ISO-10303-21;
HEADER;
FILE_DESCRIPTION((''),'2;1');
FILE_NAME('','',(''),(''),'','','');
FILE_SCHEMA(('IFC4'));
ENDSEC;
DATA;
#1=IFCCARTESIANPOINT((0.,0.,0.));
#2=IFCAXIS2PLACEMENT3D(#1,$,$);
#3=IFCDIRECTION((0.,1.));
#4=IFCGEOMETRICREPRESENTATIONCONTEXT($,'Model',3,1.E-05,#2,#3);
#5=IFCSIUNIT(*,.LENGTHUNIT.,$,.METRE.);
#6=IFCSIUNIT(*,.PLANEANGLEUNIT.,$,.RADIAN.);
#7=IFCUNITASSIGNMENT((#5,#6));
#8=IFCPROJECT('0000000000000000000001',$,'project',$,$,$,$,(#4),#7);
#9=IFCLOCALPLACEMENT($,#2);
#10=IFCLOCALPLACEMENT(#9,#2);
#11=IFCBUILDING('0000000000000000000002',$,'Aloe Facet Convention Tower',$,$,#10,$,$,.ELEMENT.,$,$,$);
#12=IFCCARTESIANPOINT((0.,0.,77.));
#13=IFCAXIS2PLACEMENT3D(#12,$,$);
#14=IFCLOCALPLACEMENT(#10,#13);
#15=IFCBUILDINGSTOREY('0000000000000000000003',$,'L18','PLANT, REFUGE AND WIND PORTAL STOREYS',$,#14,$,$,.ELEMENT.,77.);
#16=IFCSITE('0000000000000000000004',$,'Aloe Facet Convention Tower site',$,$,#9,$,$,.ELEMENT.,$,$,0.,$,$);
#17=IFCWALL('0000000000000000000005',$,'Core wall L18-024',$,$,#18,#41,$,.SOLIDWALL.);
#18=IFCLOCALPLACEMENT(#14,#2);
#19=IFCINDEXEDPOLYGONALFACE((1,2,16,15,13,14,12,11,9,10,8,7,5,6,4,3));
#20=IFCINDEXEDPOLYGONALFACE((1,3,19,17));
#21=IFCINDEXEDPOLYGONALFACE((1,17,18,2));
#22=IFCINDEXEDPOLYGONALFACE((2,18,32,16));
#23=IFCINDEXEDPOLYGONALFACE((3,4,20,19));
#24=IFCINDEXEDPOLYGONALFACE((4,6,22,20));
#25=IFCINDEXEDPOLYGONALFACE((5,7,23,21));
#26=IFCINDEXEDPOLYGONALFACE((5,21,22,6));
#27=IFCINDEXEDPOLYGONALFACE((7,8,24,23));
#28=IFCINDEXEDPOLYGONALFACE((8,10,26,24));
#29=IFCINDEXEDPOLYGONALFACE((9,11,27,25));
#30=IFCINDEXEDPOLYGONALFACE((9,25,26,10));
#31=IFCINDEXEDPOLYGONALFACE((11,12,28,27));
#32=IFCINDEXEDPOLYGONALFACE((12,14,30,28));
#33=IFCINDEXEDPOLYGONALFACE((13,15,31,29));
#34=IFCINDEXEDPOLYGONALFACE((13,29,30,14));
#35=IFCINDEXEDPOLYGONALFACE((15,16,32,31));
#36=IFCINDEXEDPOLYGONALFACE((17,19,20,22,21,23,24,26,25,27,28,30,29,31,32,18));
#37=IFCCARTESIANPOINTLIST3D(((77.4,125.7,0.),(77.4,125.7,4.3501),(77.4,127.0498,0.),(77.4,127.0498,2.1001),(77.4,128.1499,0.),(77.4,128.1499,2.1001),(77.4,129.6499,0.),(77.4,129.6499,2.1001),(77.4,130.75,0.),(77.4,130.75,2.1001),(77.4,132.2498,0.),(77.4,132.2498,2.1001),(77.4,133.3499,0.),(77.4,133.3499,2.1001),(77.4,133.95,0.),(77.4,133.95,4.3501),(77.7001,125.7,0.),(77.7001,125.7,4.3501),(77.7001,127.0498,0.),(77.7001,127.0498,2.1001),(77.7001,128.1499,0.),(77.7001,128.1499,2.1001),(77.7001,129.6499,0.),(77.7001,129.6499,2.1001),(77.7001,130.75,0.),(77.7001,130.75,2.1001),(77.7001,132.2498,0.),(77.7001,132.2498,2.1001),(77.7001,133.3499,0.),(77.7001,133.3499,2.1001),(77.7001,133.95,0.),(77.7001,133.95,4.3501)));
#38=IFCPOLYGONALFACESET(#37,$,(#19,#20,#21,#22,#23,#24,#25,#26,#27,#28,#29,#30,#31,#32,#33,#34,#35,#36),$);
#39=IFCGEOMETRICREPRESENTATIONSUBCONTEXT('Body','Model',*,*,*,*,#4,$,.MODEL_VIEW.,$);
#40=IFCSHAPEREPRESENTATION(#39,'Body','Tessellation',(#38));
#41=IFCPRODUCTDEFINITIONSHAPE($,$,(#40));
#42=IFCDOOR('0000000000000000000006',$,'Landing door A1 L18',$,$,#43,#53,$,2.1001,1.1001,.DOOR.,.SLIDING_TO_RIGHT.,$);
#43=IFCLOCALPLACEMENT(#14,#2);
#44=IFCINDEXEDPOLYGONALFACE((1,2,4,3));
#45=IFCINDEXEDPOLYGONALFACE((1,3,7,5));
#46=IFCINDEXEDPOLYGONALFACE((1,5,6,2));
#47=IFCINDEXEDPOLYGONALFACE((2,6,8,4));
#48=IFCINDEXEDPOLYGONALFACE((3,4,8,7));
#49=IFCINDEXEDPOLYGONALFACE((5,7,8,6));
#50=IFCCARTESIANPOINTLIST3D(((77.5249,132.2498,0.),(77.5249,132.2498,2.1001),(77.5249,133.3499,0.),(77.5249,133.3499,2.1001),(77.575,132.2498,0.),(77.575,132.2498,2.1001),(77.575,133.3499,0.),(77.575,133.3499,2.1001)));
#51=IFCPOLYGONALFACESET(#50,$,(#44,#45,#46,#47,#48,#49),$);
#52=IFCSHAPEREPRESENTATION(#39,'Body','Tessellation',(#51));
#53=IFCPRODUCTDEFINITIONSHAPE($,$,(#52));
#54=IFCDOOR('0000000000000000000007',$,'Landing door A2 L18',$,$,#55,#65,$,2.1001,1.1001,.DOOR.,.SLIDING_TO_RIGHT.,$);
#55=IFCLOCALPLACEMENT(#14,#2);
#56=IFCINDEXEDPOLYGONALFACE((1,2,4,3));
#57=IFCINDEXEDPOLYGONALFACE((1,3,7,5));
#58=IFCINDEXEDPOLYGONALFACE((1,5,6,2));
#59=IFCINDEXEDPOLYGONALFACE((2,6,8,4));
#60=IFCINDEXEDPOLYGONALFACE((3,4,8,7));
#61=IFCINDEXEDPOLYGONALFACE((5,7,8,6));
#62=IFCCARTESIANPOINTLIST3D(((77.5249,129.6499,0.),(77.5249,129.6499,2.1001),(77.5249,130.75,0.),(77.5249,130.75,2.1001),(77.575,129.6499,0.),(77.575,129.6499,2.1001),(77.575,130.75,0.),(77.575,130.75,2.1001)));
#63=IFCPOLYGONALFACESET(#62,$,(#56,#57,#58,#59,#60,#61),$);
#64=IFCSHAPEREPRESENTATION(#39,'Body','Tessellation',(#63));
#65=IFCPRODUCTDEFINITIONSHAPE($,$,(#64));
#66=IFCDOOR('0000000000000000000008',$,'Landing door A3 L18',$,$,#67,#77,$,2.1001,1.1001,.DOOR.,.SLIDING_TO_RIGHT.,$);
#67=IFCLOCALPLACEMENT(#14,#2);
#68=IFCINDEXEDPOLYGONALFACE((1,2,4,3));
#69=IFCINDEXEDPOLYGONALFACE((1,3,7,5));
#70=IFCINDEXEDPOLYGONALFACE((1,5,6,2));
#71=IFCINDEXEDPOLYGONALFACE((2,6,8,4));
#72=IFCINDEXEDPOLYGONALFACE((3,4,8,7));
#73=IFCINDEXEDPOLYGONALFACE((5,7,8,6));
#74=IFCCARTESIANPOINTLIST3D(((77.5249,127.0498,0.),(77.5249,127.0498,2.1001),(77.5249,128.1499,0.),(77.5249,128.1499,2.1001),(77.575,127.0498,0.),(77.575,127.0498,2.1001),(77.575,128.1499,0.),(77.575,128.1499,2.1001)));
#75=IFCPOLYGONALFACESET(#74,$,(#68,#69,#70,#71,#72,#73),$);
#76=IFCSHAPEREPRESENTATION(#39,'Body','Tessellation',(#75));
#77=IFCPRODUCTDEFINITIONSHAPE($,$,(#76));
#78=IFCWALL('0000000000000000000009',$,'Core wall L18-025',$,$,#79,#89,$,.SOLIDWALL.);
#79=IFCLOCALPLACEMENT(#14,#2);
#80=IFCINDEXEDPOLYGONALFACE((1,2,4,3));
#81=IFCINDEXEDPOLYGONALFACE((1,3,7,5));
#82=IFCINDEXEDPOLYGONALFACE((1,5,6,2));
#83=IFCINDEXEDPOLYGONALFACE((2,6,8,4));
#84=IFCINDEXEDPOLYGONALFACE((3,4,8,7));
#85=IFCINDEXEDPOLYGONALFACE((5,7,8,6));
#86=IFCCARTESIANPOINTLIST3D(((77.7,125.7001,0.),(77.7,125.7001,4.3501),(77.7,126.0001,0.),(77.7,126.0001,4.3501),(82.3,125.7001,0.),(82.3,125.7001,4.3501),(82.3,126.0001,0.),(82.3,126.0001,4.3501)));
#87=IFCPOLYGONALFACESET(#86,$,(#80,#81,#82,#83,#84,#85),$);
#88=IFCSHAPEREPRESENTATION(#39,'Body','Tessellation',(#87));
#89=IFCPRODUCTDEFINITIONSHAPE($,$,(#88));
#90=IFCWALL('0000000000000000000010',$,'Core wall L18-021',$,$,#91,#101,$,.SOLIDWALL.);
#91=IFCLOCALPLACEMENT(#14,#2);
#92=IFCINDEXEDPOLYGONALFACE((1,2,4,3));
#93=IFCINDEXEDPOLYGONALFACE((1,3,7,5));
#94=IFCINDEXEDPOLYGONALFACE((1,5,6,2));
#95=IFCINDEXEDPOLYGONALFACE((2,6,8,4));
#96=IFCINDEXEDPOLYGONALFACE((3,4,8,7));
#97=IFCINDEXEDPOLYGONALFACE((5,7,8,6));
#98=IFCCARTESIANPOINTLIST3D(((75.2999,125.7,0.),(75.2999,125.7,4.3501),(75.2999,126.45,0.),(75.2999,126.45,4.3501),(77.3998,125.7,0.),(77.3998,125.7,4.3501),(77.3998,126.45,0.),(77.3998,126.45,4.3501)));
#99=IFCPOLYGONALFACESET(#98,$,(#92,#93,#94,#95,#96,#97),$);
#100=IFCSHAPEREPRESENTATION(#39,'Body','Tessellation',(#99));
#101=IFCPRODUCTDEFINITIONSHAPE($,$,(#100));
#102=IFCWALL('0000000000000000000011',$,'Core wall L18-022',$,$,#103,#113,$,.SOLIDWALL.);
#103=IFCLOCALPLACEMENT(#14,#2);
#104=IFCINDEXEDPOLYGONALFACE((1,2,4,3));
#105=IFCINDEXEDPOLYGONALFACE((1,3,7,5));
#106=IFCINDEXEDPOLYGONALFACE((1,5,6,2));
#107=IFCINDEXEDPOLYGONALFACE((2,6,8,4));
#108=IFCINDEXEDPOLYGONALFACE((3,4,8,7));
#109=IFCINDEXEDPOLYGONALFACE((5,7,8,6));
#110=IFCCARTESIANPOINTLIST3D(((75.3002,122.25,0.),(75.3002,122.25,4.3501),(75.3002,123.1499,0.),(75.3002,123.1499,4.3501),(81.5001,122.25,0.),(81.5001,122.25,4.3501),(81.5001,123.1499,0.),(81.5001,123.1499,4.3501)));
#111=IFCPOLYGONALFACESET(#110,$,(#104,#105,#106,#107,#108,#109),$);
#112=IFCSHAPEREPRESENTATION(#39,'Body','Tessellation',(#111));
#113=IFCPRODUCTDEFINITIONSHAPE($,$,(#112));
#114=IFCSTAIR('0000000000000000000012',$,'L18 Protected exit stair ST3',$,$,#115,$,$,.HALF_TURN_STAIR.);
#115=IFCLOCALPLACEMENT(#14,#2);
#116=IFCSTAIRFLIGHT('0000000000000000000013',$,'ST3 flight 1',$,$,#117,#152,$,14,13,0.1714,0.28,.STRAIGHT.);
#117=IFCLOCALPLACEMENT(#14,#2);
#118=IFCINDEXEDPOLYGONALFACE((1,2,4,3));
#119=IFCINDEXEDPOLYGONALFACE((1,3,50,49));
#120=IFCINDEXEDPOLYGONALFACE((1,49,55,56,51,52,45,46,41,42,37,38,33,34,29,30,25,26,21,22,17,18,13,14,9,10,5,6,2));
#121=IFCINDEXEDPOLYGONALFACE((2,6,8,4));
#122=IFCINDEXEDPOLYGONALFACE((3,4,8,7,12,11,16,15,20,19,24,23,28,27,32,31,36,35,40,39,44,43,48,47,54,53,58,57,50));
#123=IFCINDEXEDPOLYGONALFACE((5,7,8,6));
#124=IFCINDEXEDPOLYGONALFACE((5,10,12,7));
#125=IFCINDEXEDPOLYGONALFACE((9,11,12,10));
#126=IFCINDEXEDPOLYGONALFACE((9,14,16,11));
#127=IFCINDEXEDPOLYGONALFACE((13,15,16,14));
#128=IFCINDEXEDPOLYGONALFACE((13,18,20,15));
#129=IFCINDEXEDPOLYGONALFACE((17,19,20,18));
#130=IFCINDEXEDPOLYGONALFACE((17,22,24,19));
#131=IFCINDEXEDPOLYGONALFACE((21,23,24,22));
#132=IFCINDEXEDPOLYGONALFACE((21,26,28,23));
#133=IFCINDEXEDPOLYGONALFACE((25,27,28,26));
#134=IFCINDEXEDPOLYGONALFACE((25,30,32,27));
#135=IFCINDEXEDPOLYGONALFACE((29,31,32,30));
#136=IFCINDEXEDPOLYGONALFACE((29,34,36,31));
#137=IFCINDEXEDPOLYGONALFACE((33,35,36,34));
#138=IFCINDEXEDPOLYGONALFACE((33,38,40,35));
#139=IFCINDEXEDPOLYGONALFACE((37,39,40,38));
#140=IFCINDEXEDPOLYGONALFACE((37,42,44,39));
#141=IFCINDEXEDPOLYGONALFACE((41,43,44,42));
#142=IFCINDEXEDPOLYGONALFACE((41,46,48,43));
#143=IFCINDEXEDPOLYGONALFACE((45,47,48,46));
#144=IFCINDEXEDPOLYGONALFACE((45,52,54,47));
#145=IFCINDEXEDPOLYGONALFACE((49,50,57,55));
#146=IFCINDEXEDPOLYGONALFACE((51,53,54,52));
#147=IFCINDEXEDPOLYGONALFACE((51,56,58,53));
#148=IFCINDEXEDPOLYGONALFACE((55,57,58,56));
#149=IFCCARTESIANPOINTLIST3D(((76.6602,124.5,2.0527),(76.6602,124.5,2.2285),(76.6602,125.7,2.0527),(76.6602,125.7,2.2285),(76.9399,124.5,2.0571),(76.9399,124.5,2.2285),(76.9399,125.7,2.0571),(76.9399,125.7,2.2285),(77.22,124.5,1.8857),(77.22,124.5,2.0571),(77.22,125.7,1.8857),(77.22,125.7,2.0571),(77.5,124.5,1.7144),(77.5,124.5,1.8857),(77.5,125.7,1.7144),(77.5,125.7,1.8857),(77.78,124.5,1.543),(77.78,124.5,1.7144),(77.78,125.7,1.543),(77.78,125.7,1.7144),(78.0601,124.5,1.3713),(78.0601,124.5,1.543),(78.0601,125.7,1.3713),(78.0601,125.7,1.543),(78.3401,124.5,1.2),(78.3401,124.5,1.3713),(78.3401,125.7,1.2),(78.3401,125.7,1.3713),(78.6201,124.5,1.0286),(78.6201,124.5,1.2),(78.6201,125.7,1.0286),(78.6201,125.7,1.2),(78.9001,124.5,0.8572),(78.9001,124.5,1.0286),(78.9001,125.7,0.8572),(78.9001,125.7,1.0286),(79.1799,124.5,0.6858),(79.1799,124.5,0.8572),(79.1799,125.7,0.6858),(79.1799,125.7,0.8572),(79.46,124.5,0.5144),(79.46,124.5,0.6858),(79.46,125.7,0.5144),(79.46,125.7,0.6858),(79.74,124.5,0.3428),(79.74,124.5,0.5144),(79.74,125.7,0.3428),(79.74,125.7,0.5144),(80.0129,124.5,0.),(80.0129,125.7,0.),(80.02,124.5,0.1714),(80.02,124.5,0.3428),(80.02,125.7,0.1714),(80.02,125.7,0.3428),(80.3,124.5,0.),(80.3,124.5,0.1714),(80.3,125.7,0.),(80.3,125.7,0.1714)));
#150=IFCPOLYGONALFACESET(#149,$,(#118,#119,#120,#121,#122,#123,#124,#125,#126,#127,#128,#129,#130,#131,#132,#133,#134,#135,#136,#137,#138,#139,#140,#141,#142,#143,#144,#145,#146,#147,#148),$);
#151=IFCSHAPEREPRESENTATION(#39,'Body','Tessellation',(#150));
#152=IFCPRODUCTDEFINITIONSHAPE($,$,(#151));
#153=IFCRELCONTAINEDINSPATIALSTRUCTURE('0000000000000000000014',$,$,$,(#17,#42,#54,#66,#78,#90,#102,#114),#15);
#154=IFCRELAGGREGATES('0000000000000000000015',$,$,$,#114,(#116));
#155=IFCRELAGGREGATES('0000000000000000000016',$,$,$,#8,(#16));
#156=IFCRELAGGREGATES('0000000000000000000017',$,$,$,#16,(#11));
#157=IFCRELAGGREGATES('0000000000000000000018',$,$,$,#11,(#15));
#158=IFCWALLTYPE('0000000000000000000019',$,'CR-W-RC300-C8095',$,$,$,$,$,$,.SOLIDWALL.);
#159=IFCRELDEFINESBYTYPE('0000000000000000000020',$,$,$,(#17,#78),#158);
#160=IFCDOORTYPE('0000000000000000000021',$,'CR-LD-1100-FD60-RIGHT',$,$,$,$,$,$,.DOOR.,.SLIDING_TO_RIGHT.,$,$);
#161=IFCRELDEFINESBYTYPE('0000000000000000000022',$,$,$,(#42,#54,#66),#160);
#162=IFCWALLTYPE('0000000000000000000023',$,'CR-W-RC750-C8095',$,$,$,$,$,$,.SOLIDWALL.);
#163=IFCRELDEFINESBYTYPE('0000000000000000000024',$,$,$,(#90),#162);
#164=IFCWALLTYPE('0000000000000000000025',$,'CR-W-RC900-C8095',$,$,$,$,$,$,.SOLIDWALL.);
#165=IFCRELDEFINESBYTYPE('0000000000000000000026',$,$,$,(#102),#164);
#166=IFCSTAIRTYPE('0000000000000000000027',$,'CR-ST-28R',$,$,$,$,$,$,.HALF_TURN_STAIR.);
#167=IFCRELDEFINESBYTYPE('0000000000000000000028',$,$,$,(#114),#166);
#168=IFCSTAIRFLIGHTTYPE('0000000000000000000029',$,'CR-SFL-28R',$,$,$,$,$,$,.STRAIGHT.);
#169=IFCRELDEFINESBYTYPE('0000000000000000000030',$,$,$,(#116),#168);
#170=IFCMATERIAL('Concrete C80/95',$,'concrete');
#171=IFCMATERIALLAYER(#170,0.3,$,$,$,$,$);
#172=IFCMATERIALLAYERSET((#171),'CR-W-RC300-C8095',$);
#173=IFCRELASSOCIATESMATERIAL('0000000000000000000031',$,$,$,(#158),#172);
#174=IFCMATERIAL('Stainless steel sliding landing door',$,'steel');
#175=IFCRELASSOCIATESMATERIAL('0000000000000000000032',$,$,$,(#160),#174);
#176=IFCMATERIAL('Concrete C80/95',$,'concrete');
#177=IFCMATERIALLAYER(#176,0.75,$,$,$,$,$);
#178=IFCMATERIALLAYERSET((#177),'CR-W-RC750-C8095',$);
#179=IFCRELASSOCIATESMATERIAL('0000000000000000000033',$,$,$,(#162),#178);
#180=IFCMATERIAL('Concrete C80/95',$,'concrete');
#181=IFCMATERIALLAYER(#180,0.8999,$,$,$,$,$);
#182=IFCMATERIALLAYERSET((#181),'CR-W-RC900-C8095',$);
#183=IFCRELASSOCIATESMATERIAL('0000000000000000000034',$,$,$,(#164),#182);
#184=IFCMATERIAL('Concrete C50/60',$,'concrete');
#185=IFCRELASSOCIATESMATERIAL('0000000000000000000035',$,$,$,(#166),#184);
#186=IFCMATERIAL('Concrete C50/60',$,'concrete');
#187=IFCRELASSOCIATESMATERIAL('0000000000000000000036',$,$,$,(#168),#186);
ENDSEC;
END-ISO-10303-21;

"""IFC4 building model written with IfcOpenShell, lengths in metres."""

from ifc_helpers import new_model, si_unit, direction, frame, frame_2d, origin, place, context, subcontext, project, spatial, polyline, rectangle, outline, extrude, material, layer, layer_set, type_object, element, fill, aggregate, save


model = new_model("IFC4")

# Units and contexts
model_context = context("Model", 3, precision=1e-05, world=origin(), true_north=direction((0.0, 1.0)))
body_context = subcontext(model_context, "Body", "Model", "MODEL_VIEW")
ifc_project = project(units=[si_unit("LENGTHUNIT", "METRE"), si_unit("PLANEANGLEUNIT", "RADIAN")], contexts=[model_context])

# Site, building, storey
site_placement = place(None, origin())
site = spatial("IfcSite", under=ifc_project, at=site_placement, Name="Aloe Facet Convention Tower site", CompositionType="ELEMENT", RefElevation=0.0)
building_placement = place(site_placement, origin())
building = spatial("IfcBuilding", under=site, at=building_placement, Name="Aloe Facet Convention Tower", CompositionType="ELEMENT")
storey_placement = place(building_placement, frame((0.0, 0.0, 77.0)))
storey = spatial("IfcBuildingStorey", under=building, at=storey_placement, Name="L18", Description="PLANT, REFUGE AND WIND PORTAL STOREYS", CompositionType="ELEMENT", Elevation=77.0)

# Shared definitions
ifc_material_1 = material(Name="Concrete C80/95", Category="concrete")
ifc_layer_1 = layer(ifc_material_1, 0.3)
ifc_layer_set_1 = layer_set([ifc_layer_1], Name="CR-W-RC300-C8095")
wall_type_1 = type_object("IfcWallType", Name="CR-W-RC300-C8095", PredefinedType="SOLIDWALL", material=ifc_layer_set_1)

# Wall, openings, doors
wall_1_placement = place(storey_placement, frame((77.55, 133.95, 0.0), z_axis=(0.0, 0.0, 1.0), x_axis=(0.0, -1.0, 0.0)))
wall_1 = element("IfcWall", 1, at=wall_1_placement, inside=storey, type_object=wall_type_1, Name="Core wall L18-024", PredefinedType="SOLIDWALL", context=body_context, shape_type="SweptSolid", body=[
    extrude(rectangle(XDim=8.25, YDim=0.3, at=frame_2d((4.125, 0.0))), origin(), (0.0, 0.0, 1.0), 4.3501),
])
opening_1_placement = place(wall_1_placement, frame((0.6001, 0.0, 0.0)))
opening_1 = element("IfcOpeningElement", 2, at=opening_1_placement, cuts=wall_1, PredefinedType="OPENING", context=body_context, shape_type="SweptSolid", body=[
    extrude(rectangle(XDim=1.1001, YDim=2.1001, at=frame_2d((0.55, 1.05))), frame((0.0, 0.1602, 0.0), z_axis=(0.0, -1.0, 0.0), x_axis=(1.0, 0.0, 0.0)), (0.0, 0.0, 1.0), 0.3201),
])
opening_2_placement = place(wall_1_placement, frame((3.2, 0.0, 0.0)))
opening_2 = element("IfcOpeningElement", 3, at=opening_2_placement, cuts=wall_1, PredefinedType="OPENING", context=body_context, shape_type="SweptSolid", body=[
    extrude(rectangle(XDim=1.1001, YDim=2.1001, at=frame_2d((0.55, 1.05))), frame((0.0, 0.1602, 0.0), z_axis=(0.0, -1.0, 0.0), x_axis=(1.0, 0.0, 0.0)), (0.0, 0.0, 1.0), 0.3201),
])
opening_3_placement = place(wall_1_placement, frame((5.8, 0.0, 0.0)))
opening_3 = element("IfcOpeningElement", 4, at=opening_3_placement, cuts=wall_1, PredefinedType="OPENING", context=body_context, shape_type="SweptSolid", body=[
    extrude(rectangle(XDim=1.1001, YDim=2.1001, at=frame_2d((0.55, 1.05))), frame((0.0, 0.1602, 0.0), z_axis=(0.0, -1.0, 0.0), x_axis=(1.0, 0.0, 0.0)), (0.0, 0.0, 1.0), 0.3201),
])
ifc_material_2 = material(Name="Stainless steel sliding landing door", Category="steel")
door_type_1 = type_object("IfcDoorType", Name="CR-LD-1100-FD60-RIGHT", OperationType="SLIDING_TO_RIGHT", PredefinedType="DOOR", material=ifc_material_2)
door_1_placement = place(opening_1_placement, origin())
door_1 = element("IfcDoor", 5, at=door_1_placement, inside=storey, type_object=door_type_1, Name="Landing door A1 L18", OperationType="SLIDING_TO_RIGHT", OverallHeight=2.1001, OverallWidth=1.1001, PredefinedType="DOOR", context=body_context, shape_type="SweptSolid", body=[
    extrude(rectangle(XDim=1.1001, YDim=2.1001, at=frame_2d((0.55, 1.05))), frame((0.0, 0.0249, 0.0), z_axis=(0.0, -1.0, 0.0), x_axis=(1.0, 0.0, 0.0)), (0.0, 0.0, 1.0), 0.05),
])
fill(opening_1, door_1)
door_2_placement = place(opening_2_placement, origin())
door_2 = element("IfcDoor", 6, at=door_2_placement, inside=storey, type_object=door_type_1, Name="Landing door A2 L18", OperationType="SLIDING_TO_RIGHT", OverallHeight=2.1001, OverallWidth=1.1001, PredefinedType="DOOR", context=body_context, shape_type="SweptSolid", body=[
    extrude(rectangle(XDim=1.1001, YDim=2.1001, at=frame_2d((0.55, 1.05))), frame((0.0, 0.0249, 0.0), z_axis=(0.0, -1.0, 0.0), x_axis=(1.0, 0.0, 0.0)), (0.0, 0.0, 1.0), 0.05),
])
fill(opening_2, door_2)
door_3_placement = place(opening_3_placement, origin())
door_3 = element("IfcDoor", 7, at=door_3_placement, inside=storey, type_object=door_type_1, Name="Landing door A3 L18", OperationType="SLIDING_TO_RIGHT", OverallHeight=2.1001, OverallWidth=1.1001, PredefinedType="DOOR", context=body_context, shape_type="SweptSolid", body=[
    extrude(rectangle(XDim=1.1001, YDim=2.1001, at=frame_2d((0.55, 1.05))), frame((0.0, 0.0249, 0.0), z_axis=(0.0, -1.0, 0.0), x_axis=(1.0, 0.0, 0.0)), (0.0, 0.0, 1.0), 0.05),
])
fill(opening_3, door_3)

# Walls
wall_2_placement = place(storey_placement, frame((77.7, 125.8501, 0.0), z_axis=(0.0, 0.0, 1.0), x_axis=(1.0, 0.0, 0.0)))
element("IfcWall", 8, at=wall_2_placement, inside=storey, type_object=wall_type_1, Name="Core wall L18-025", PredefinedType="SOLIDWALL", context=body_context, shape_type="SweptSolid", body=[
    extrude(rectangle(XDim=4.6001, YDim=0.3, at=frame_2d((2.3, 0.0))), origin(), (0.0, 0.0, 1.0), 4.3501),
])
ifc_material_3 = material(Name="Concrete C80/95", Category="concrete")
ifc_layer_2 = layer(ifc_material_3, 0.75)
ifc_layer_set_2 = layer_set([ifc_layer_2], Name="CR-W-RC750-C8095")
wall_type_2 = type_object("IfcWallType", Name="CR-W-RC750-C8095", PredefinedType="SOLIDWALL", material=ifc_layer_set_2)
wall_3_placement = place(storey_placement, frame((75.3, 126.075, 0.0), z_axis=(0.0, 0.0, 1.0), x_axis=(1.0, 0.0, 0.0)))
element("IfcWall", 9, at=wall_3_placement, inside=storey, type_object=wall_type_2, Name="Core wall L18-021", PredefinedType="SOLIDWALL", context=body_context, shape_type="SweptSolid", body=[
    extrude(rectangle(XDim=2.0999, YDim=0.75, at=frame_2d((1.0498, 0.0))), origin(), (0.0, 0.0, 1.0), 4.3501),
])
ifc_material_4 = material(Name="Concrete C80/95", Category="concrete")
ifc_layer_3 = layer(ifc_material_4, 0.8999)
ifc_layer_set_3 = layer_set([ifc_layer_3], Name="CR-W-RC900-C8095")
wall_type_3 = type_object("IfcWallType", Name="CR-W-RC900-C8095", PredefinedType="SOLIDWALL", material=ifc_layer_set_3)
wall_4_placement = place(storey_placement, frame((75.3, 122.7, 0.0), z_axis=(0.0, 0.0, 1.0), x_axis=(1.0, 0.0, 0.0)))
element("IfcWall", 10, at=wall_4_placement, inside=storey, type_object=wall_type_3, Name="Core wall L18-022", PredefinedType="SOLIDWALL", context=body_context, shape_type="SweptSolid", body=[
    extrude(rectangle(XDim=6.2, YDim=0.8999, at=frame_2d((3.1001, 0.0))), origin(), (0.0, 0.0, 1.0), 4.3501),
])

# Stair, stair flight
ifc_material_5 = material(Name="Concrete C50/60", Category="concrete")
stair_type = type_object("IfcStairType", Name="CR-ST-28R", PredefinedType="HALF_TURN_STAIR", material=ifc_material_5)
stair_placement = place(storey_placement, origin())
stair = element("IfcStair", 11, at=stair_placement, inside=storey, type_object=stair_type, Name="L18 Protected exit stair ST3", PredefinedType="HALF_TURN_STAIR")
ifc_material_6 = material(Name="Concrete C50/60", Category="concrete")
stair_flight_type = type_object("IfcStairFlightType", Name="CR-SFL-28R", PredefinedType="STRAIGHT", material=ifc_material_6)
stair_flight_1_placement = place(storey_placement, frame((80.3, 125.1001, 0.0), z_axis=(0.0, 0.0, 1.0), x_axis=(-1.0, 0.0, 0.0)))
stair_flight_1 = element("IfcStairFlight", 12, at=stair_flight_1_placement, type_object=stair_flight_type, Name="ST3 flight 1", NumberOfRisers=14, NumberOfTreads=13, PredefinedType="STRAIGHT", RiserHeight=0.1714, TreadLength=0.28, context=body_context, shape_type="SweptSolid", body=[
    extrude(outline(polyline([(0.0, 0.0), (0.0, 0.1714), (0.28, 0.1714), (0.28, 0.3428), (0.5601, 0.3428), (0.5601, 0.5144), (0.8401, 0.5144), (0.8401, 0.6858), (1.1201, 0.6858), (1.1201, 0.8572), (1.3999, 0.8572), (1.3999, 1.0286), (1.6799, 1.0286), (1.6799, 1.2), (1.96, 1.2), (1.96, 1.3713), (2.24, 1.3713), (2.24, 1.543), (2.52, 1.543), (2.52, 1.7144), (2.8, 1.7144), (2.8, 1.8857), (3.0801, 1.8857), (3.0801, 2.0571), (3.3601, 2.0571), (3.3601, 2.2285), (3.6399, 2.2285), (3.6399, 2.3999), (3.6399, 2.0527), (0.2871, 0.0), (0.0, 0.0)])), frame((0.0, 0.6001, 0.0), z_axis=(0.0, -1.0, 0.0), x_axis=(1.0, 0.0, 0.0)), (0.0, 0.0, 1.0), 1.2),
])
aggregate(stair, [stair_flight_1])

save(model, "model.ifc")
